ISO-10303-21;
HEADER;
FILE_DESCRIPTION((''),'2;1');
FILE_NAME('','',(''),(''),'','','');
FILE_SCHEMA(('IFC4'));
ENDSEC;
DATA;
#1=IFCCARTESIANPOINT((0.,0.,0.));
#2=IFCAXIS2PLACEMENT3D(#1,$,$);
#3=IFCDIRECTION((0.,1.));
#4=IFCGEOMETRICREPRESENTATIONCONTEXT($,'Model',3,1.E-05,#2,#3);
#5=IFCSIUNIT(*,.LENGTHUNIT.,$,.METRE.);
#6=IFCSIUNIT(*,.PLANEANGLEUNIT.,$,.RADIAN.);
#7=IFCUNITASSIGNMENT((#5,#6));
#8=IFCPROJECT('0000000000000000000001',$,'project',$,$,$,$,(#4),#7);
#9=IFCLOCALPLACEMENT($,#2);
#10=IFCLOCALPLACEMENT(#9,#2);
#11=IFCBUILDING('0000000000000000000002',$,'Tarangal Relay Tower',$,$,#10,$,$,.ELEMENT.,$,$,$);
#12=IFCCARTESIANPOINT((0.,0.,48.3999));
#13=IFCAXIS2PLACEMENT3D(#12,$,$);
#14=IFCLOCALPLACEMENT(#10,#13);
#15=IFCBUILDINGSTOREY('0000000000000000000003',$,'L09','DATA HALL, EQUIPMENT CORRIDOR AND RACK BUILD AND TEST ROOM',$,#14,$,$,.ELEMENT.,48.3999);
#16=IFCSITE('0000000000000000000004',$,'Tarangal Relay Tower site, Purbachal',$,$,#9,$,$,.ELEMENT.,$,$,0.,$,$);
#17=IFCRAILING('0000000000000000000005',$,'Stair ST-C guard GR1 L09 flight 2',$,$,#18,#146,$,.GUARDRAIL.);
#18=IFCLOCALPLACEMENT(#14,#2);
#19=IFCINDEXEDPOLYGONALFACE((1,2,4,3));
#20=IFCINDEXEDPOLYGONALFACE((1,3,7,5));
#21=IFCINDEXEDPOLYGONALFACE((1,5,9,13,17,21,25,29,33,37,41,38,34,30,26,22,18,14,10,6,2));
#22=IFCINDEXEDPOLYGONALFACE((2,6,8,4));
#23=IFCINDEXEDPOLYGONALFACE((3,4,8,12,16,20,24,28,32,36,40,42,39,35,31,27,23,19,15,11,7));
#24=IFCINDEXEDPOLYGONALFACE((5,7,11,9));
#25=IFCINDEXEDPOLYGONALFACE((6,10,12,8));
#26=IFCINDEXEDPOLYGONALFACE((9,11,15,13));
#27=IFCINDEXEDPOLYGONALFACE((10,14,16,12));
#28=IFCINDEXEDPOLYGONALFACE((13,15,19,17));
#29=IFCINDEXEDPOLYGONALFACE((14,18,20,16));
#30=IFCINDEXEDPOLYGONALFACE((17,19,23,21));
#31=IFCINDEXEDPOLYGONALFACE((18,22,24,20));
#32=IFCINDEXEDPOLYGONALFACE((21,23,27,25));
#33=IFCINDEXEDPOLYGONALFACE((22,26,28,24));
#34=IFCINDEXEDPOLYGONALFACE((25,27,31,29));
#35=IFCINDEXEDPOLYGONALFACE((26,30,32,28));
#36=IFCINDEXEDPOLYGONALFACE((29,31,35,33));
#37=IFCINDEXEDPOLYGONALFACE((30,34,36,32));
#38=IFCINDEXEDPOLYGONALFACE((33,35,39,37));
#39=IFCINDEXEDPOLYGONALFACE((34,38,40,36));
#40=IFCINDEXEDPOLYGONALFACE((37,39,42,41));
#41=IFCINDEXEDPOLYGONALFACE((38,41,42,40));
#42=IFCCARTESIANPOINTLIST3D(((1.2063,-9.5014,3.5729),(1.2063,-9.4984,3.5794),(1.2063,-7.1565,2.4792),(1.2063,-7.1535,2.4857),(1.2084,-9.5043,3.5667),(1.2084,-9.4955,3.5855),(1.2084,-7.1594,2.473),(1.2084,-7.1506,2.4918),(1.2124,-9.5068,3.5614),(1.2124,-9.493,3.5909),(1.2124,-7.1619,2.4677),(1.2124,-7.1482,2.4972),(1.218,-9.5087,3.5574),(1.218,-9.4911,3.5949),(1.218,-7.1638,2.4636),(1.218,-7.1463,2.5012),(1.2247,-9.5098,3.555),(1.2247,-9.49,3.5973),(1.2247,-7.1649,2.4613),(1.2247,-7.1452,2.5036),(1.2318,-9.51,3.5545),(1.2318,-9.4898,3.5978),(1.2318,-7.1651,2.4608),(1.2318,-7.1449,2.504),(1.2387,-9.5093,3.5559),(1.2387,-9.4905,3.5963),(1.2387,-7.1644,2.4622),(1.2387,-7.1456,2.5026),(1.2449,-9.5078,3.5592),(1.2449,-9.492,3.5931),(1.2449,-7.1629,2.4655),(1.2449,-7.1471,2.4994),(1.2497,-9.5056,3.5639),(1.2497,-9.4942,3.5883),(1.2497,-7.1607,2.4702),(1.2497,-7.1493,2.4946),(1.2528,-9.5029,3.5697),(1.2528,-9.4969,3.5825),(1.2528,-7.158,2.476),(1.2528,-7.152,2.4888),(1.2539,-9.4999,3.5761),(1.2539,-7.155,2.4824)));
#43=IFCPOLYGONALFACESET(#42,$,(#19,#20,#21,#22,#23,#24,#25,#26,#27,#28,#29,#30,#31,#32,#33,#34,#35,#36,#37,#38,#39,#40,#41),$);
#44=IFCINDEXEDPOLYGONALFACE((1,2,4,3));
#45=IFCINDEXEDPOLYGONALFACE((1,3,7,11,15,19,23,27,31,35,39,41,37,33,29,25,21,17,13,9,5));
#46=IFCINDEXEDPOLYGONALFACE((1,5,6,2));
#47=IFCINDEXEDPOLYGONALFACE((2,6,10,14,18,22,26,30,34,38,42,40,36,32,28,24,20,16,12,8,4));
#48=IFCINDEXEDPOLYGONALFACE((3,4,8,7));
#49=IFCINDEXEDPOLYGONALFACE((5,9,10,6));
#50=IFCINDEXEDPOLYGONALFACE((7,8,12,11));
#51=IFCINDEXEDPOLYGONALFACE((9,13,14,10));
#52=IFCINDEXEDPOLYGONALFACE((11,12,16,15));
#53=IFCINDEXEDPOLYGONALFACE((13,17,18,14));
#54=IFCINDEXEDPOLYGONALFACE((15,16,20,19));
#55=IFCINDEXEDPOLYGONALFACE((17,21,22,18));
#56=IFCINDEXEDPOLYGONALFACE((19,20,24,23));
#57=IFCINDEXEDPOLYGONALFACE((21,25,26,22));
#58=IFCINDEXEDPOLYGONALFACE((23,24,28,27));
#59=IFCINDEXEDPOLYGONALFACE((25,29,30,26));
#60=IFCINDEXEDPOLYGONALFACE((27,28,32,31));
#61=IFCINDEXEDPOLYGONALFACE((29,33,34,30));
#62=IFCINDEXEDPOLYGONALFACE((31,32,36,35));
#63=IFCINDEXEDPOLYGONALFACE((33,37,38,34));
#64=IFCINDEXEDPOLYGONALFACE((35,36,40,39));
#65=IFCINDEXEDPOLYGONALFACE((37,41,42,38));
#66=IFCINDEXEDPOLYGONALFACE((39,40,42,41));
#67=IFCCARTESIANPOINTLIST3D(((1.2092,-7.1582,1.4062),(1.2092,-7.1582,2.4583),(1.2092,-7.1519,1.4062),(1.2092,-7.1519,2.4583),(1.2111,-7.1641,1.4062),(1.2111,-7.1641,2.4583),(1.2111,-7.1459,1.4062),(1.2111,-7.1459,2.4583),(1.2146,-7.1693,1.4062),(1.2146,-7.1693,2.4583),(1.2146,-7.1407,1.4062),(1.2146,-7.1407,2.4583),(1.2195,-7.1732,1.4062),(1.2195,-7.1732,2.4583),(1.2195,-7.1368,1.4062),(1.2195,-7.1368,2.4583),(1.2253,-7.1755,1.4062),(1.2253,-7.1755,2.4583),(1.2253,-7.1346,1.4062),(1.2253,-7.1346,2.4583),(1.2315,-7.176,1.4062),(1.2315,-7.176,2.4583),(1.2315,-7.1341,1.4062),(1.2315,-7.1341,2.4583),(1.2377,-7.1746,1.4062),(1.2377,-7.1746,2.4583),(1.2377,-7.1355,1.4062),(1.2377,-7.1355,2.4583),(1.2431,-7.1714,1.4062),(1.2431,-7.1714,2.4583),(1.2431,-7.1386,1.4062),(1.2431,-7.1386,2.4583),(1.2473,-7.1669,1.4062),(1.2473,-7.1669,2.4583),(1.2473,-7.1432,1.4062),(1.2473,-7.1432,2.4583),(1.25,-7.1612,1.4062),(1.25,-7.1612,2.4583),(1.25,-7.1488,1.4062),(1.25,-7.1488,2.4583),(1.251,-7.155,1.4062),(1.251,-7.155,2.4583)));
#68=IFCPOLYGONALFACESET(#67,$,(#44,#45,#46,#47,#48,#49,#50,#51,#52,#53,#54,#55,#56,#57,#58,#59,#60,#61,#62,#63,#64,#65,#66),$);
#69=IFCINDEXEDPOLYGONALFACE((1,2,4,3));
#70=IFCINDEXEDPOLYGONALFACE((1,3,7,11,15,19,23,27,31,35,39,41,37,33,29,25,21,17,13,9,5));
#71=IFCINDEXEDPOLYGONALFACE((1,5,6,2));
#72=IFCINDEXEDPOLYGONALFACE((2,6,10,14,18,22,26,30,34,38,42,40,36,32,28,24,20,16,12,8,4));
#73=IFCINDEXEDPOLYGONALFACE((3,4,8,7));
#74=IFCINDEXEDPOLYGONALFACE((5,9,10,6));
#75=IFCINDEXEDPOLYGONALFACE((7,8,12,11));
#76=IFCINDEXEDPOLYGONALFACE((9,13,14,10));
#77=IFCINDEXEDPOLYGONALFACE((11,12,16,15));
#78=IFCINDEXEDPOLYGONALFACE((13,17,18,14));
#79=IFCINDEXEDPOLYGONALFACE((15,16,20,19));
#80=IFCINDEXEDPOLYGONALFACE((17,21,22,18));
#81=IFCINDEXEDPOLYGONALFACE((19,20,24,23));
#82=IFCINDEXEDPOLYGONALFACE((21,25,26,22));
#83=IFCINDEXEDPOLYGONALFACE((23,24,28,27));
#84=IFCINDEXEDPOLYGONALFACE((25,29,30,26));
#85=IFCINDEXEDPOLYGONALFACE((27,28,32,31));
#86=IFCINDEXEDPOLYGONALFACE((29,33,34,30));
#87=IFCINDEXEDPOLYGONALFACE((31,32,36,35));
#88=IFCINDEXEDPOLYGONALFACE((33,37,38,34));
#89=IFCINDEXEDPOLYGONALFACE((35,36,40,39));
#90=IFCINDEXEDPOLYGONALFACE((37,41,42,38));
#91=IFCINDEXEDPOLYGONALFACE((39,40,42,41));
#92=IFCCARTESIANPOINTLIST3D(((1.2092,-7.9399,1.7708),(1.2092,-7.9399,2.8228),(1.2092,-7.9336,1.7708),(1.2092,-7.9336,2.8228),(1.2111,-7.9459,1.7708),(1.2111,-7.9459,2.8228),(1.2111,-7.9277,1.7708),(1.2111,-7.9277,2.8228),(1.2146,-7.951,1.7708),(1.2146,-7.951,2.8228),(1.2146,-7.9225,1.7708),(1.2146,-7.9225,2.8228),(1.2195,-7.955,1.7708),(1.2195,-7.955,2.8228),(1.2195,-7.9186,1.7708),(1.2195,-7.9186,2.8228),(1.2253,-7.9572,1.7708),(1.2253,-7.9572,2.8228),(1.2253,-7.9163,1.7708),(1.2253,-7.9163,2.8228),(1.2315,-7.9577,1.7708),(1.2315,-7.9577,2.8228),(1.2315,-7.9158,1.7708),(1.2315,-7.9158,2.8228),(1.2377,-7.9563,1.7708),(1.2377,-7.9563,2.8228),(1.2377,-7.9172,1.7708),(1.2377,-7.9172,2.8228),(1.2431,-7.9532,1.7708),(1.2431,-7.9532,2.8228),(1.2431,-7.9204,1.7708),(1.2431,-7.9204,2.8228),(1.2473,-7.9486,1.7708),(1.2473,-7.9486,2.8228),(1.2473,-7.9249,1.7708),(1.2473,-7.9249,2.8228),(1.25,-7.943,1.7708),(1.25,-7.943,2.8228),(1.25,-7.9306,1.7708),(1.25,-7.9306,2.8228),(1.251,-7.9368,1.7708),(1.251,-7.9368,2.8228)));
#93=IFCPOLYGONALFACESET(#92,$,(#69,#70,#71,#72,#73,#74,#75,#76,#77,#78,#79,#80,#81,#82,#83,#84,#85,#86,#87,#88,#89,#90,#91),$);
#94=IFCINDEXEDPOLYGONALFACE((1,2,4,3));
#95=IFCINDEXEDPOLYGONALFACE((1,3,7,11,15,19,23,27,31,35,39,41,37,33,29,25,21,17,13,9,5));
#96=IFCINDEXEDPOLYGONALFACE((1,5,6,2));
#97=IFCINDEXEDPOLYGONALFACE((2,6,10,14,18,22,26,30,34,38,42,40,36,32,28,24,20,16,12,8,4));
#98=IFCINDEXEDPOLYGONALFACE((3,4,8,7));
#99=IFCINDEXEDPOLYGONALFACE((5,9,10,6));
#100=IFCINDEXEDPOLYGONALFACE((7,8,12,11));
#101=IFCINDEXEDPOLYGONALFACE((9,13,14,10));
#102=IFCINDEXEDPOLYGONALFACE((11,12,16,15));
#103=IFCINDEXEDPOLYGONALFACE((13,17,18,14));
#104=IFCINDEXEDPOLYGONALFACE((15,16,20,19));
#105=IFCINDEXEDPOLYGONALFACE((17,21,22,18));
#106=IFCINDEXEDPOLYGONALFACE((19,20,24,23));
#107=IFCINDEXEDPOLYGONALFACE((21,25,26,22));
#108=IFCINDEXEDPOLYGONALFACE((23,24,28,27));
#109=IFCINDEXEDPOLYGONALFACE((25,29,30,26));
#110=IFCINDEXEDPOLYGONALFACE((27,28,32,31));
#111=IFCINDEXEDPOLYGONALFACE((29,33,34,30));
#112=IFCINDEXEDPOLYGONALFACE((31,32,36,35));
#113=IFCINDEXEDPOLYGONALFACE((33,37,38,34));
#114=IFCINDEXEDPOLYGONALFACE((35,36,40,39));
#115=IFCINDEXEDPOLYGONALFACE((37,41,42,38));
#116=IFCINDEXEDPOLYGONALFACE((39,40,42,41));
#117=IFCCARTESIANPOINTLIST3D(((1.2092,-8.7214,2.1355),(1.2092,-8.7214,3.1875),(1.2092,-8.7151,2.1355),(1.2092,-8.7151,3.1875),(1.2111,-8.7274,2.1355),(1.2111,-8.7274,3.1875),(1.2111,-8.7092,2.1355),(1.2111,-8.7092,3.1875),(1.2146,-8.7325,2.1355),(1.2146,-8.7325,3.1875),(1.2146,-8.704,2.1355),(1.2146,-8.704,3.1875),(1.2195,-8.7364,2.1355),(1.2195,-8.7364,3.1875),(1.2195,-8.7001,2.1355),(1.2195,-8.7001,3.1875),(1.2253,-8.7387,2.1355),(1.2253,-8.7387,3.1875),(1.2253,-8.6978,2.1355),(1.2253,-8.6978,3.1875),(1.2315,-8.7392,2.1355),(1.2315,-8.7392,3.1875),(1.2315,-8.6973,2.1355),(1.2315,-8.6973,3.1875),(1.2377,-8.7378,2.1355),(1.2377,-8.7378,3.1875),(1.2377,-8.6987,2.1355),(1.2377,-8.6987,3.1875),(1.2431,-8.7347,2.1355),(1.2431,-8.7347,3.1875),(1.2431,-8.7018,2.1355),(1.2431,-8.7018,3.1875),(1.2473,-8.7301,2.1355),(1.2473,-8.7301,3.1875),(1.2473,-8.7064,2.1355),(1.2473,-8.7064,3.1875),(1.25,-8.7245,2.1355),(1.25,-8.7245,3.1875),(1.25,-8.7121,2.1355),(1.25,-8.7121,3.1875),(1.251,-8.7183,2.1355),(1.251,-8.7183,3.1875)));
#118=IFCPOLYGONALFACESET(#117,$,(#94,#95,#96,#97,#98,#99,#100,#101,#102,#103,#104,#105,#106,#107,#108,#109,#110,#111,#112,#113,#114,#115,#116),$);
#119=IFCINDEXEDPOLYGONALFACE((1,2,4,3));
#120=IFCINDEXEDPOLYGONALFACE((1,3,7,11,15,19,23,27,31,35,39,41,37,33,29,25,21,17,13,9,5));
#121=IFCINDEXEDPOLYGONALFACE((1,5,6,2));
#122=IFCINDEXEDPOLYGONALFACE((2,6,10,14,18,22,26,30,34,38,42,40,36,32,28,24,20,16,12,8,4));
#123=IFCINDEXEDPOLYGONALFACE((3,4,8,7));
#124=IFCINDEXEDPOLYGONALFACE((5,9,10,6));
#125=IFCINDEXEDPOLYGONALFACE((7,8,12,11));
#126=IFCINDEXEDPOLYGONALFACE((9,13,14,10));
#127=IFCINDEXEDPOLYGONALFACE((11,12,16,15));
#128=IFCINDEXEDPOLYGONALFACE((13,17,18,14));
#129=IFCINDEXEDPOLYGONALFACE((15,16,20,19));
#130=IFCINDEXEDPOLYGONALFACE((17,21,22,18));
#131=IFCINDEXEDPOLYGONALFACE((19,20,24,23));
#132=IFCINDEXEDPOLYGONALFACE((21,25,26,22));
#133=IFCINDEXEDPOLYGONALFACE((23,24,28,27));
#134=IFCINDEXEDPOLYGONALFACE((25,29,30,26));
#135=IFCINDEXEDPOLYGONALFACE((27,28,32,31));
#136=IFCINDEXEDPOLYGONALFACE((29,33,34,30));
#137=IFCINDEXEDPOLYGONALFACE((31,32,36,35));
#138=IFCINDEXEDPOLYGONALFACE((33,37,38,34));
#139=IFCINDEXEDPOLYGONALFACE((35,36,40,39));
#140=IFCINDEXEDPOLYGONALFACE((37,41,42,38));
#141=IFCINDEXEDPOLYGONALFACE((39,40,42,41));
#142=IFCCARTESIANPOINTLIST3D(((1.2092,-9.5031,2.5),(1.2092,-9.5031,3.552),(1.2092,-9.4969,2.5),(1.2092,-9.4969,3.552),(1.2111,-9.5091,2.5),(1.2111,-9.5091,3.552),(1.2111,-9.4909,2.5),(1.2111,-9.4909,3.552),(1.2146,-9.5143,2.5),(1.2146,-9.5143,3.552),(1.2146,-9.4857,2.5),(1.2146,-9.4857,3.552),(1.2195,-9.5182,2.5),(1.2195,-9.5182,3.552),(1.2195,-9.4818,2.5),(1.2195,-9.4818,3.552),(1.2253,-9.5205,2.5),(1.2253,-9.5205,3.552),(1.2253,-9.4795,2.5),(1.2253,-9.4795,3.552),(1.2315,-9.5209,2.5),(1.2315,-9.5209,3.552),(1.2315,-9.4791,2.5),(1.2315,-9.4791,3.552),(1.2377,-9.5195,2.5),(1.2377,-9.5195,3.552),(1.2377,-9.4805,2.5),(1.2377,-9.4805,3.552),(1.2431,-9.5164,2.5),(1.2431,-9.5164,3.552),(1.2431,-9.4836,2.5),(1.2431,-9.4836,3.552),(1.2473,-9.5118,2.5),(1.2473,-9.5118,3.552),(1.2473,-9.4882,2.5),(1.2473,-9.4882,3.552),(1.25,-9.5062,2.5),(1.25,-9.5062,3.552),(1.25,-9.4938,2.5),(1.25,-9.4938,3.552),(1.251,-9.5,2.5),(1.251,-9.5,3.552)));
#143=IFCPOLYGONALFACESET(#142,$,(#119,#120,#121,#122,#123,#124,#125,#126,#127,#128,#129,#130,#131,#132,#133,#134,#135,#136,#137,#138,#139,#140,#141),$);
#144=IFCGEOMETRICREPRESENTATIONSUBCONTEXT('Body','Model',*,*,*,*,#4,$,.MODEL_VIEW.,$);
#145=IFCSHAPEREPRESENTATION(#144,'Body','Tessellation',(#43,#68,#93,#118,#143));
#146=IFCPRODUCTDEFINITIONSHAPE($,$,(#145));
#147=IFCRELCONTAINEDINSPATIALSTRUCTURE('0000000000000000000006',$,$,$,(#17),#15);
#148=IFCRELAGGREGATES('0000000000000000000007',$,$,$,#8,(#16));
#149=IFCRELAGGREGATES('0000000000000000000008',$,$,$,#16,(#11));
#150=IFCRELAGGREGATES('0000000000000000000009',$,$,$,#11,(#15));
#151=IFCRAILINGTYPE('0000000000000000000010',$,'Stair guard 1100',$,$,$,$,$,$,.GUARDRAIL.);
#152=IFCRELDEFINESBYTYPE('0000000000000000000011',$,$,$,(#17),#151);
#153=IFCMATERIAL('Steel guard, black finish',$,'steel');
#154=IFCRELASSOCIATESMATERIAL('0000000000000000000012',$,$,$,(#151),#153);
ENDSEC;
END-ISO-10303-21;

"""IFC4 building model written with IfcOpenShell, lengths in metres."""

from ifc_helpers import new_model, si_unit, direction, frame, origin, origin_2d, place, context, subcontext, project, spatial, circle, extrude, material, type_object, element, save


model = new_model("IFC4")

# Units and contexts
model_context = context("Model", 3, precision=1e-05, world=origin(), true_north=direction((0.0, 1.0)))
body_context = subcontext(model_context, "Body", "Model", "MODEL_VIEW")
ifc_project = project(units=[si_unit("LENGTHUNIT", "METRE"), si_unit("PLANEANGLEUNIT", "RADIAN")], contexts=[model_context])

# Site, building, storey
site_placement = place(None, origin())
site = spatial("IfcSite", under=ifc_project, at=site_placement, Name="Tarangal Relay Tower site, Purbachal", CompositionType="ELEMENT", RefElevation=0.0)
building_placement = place(site_placement, origin())
building = spatial("IfcBuilding", under=site, at=building_placement, Name="Tarangal Relay Tower", CompositionType="ELEMENT")
storey_placement = place(building_placement, frame((0.0, 0.0, 48.3999)))
storey = spatial("IfcBuildingStorey", under=building, at=storey_placement, Name="L09", Description="DATA HALL, EQUIPMENT CORRIDOR AND RACK BUILD AND TEST ROOM", CompositionType="ELEMENT", Elevation=48.3999)

# Railing
ifc_material_1 = material(Name="Steel guard, black finish", Category="steel")
railing_type_1 = type_object("IfcRailingType", Name="Stair guard 1100", PredefinedType="GUARDRAIL", material=ifc_material_1)
for number, where, name in (
    (1, (1.23, -7.155, 1.4062), "Stair ST-C guard GR1 L09 flight 2"),
):
    element("IfcRailing", number, at=place(storey_placement, frame(where)), inside=storey, type_object=railing_type_1, Name=name, PredefinedType="GUARDRAIL", context=body_context, shape_type="SweptSolid", body=[
        extrude(circle(Radius=0.0239, at=origin_2d()), frame((0.0, 0.0, 1.0762), z_axis=(0.0, -0.906267, 0.422705), x_axis=(1.0, 0.0, 0.0)), (0.0, 0.0, 1.0), 2.5874),
        extrude(circle(Radius=0.021, at=origin_2d()), origin(), (0.0, 0.0, 1.0), 1.052),
        extrude(circle(Radius=0.021, at=origin_2d()), frame((0.0, -0.7817, 0.3645)), (0.0, 0.0, 1.0), 1.052),
        extrude(circle(Radius=0.021, at=origin_2d()), frame((0.0, -1.5632, 0.7292)), (0.0, 0.0, 1.0), 1.052),
        extrude(circle(Radius=0.021, at=origin_2d()), frame((0.0, -2.345, 1.0938)), (0.0, 0.0, 1.0), 1.052),
    ])

save(model, "model.ifc")
